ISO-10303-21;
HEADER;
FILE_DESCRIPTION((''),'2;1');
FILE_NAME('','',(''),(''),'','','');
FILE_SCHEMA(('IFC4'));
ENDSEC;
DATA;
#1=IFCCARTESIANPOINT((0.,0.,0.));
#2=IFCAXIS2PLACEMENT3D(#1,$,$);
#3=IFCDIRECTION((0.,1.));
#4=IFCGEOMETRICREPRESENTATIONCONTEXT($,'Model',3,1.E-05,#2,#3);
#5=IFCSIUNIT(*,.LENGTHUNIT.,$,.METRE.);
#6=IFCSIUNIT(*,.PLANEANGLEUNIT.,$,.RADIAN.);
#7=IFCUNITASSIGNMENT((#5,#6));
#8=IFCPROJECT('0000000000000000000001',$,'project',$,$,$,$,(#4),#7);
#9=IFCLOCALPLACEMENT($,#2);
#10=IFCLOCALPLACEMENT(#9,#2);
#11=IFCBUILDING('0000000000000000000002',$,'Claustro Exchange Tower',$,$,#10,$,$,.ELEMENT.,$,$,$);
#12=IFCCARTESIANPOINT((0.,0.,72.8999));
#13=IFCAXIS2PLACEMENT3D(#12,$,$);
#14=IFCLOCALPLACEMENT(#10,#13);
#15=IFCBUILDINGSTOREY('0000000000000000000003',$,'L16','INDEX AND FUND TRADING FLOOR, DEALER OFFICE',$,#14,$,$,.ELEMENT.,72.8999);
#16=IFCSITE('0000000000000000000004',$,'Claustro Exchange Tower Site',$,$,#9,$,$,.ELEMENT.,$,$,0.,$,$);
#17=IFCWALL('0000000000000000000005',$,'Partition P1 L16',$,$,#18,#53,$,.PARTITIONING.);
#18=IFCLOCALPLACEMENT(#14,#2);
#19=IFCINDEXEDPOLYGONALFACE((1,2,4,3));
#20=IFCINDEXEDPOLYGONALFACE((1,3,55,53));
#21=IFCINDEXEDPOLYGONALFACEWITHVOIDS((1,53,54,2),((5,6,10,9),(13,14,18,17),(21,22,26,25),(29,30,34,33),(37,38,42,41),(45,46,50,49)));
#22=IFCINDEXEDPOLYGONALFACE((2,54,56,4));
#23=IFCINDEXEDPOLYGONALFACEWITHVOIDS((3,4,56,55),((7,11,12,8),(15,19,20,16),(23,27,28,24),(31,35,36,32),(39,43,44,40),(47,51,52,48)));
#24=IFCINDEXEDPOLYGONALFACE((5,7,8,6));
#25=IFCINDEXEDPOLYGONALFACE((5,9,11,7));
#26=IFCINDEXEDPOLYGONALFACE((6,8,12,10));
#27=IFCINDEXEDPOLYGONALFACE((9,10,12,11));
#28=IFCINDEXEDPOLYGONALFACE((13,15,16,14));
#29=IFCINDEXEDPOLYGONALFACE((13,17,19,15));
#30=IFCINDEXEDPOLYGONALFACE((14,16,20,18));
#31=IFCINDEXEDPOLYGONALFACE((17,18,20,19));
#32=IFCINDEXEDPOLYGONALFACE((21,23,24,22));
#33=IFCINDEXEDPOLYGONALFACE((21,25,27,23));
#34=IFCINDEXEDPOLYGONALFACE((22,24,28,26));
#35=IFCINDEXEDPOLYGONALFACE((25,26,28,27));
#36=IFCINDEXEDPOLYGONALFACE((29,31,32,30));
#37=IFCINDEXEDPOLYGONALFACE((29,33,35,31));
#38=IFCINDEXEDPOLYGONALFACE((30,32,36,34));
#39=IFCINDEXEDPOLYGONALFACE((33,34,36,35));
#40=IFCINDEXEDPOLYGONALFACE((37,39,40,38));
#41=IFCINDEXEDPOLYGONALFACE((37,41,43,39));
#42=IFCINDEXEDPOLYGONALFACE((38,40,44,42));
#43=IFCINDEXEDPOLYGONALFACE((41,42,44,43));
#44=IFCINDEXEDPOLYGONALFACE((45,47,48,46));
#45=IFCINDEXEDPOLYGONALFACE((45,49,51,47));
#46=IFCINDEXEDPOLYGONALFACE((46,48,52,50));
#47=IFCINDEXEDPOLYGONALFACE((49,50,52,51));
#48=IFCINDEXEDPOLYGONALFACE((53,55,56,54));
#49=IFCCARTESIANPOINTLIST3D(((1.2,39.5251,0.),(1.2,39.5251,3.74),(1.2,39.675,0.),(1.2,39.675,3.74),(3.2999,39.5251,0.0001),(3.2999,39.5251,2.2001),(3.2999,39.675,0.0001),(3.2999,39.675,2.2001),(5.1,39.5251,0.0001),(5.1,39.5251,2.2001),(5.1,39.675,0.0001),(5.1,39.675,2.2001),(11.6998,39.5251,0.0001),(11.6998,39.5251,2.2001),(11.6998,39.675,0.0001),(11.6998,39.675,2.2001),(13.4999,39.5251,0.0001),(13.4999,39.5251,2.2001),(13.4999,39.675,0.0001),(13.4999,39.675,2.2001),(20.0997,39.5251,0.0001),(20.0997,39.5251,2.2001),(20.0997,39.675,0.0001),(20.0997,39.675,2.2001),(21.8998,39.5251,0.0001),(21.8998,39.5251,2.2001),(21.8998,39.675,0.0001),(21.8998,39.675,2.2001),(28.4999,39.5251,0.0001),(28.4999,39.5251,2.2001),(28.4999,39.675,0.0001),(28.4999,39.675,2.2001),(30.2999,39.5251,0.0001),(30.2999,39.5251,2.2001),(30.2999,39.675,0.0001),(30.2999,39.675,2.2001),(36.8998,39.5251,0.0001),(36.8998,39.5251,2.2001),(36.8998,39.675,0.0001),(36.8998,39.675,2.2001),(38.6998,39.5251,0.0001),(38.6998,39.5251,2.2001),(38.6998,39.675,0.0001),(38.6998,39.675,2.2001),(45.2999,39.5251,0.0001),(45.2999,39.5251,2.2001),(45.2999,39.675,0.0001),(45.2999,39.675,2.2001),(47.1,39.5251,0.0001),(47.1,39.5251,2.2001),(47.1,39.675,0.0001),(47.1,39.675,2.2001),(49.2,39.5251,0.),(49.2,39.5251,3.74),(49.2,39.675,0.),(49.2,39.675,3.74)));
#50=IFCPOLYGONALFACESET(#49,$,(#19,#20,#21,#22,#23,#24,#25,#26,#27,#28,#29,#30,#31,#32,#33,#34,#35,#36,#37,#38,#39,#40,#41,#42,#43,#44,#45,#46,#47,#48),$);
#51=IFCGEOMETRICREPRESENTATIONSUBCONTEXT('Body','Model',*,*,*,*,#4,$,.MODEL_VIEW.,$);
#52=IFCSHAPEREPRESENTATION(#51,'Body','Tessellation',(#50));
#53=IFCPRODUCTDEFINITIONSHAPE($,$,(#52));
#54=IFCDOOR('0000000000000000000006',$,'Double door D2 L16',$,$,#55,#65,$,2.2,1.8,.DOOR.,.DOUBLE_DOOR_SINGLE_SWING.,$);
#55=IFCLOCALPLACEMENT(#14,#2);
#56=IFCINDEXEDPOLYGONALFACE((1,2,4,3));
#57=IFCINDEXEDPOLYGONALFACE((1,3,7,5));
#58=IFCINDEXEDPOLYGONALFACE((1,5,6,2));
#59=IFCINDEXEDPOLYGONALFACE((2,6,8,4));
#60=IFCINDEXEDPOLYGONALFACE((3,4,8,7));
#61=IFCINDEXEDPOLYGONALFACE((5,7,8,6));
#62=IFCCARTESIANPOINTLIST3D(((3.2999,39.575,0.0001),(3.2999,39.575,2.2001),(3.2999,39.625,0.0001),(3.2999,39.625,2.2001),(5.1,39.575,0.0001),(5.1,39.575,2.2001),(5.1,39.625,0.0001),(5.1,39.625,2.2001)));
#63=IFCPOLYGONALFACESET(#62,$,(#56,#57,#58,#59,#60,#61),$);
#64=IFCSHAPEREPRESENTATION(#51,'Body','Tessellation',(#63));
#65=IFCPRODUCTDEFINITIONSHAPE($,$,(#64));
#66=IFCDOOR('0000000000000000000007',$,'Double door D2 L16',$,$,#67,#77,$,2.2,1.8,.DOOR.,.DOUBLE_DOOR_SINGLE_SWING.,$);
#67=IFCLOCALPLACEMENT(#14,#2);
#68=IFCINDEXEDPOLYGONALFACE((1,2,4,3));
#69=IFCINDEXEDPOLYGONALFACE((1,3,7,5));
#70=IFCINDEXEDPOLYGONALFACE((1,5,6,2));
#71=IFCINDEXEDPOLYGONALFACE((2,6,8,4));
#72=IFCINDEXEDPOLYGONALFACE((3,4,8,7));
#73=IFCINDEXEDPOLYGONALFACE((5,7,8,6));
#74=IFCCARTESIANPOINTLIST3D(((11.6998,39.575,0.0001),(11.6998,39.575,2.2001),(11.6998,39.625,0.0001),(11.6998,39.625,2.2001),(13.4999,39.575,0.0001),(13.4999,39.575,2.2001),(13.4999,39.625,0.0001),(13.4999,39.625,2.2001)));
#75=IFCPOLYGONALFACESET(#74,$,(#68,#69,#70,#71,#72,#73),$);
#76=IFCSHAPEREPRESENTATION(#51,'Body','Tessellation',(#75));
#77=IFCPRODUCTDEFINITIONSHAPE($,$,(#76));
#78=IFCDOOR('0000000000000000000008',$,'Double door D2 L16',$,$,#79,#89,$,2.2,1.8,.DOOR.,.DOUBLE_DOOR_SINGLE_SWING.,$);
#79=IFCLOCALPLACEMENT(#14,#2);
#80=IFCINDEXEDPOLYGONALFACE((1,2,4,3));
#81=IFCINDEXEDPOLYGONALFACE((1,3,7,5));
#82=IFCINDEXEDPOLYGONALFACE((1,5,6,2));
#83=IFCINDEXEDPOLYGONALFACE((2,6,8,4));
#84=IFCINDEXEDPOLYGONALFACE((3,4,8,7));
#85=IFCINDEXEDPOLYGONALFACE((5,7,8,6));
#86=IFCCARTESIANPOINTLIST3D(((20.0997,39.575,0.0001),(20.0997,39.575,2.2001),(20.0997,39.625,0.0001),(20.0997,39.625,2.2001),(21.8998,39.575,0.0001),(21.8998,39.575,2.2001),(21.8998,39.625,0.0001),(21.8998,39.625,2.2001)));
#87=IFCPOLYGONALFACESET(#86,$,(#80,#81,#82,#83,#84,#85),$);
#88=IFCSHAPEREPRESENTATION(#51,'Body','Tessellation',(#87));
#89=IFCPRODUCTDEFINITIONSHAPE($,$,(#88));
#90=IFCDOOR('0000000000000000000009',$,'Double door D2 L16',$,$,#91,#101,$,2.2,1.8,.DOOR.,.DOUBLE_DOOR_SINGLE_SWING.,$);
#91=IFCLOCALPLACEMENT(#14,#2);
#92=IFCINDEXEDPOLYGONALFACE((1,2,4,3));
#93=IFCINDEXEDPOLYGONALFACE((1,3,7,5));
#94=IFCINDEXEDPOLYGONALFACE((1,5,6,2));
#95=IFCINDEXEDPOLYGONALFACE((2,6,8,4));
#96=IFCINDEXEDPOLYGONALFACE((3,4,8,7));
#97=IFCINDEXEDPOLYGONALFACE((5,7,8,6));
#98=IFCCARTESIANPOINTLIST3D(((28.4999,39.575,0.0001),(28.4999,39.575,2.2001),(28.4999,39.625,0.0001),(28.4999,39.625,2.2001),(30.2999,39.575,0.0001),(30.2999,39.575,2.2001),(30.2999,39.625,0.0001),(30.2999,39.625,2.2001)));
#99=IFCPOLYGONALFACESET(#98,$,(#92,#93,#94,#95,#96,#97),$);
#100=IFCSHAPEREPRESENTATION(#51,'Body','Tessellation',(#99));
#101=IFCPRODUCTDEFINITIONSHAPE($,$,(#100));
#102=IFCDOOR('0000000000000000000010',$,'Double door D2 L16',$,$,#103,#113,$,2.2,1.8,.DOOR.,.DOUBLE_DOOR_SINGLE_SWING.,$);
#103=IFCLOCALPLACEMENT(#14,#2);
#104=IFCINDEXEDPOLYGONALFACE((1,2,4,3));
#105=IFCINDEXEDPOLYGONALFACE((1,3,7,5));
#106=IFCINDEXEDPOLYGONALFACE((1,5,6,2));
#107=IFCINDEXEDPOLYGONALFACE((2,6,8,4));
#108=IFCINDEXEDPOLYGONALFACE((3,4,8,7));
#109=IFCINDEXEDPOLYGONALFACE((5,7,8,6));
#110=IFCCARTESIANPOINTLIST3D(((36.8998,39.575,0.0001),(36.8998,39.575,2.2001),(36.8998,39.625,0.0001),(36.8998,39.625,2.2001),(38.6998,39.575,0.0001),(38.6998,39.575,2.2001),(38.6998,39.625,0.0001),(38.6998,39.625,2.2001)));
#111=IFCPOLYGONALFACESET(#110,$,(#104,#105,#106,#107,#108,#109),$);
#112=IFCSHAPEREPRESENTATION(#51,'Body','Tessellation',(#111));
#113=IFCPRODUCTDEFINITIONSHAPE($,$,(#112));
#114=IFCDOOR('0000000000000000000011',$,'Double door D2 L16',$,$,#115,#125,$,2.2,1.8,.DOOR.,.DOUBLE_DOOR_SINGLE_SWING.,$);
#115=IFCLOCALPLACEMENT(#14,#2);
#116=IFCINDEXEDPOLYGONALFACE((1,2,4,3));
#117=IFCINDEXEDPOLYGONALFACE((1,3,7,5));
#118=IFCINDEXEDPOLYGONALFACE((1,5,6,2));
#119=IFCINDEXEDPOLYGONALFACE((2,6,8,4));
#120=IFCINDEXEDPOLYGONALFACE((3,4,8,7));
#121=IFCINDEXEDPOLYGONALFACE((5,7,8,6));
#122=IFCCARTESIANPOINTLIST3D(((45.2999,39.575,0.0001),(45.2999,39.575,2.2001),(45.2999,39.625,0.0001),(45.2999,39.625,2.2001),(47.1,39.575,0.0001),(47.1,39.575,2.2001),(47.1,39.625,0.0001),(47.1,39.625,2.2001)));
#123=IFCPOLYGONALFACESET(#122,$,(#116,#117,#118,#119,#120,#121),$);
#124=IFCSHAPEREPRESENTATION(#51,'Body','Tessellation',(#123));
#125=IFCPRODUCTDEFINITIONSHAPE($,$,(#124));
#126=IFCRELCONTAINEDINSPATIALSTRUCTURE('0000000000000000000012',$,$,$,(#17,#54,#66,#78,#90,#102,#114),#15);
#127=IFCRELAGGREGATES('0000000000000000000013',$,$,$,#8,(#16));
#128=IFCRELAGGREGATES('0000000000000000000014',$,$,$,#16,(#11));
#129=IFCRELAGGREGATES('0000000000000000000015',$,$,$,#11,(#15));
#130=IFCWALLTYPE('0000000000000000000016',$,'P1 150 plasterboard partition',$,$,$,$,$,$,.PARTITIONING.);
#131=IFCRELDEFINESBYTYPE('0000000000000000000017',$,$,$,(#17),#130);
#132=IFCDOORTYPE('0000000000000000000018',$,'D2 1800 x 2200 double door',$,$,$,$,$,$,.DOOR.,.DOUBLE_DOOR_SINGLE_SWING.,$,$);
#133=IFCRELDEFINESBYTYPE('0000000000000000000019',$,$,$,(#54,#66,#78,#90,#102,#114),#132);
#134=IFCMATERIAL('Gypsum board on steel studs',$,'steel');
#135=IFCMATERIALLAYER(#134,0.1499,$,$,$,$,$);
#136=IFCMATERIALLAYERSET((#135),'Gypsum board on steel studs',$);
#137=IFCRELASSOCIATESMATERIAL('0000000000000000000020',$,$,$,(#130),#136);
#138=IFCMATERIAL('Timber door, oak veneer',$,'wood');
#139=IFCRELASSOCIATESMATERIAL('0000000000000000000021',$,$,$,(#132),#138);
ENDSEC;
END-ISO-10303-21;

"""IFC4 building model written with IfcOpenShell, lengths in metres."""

from ifc_helpers import new_model, si_unit, direction, frame, frame_2d, origin, place, context, subcontext, project, spatial, rectangle, extrude, material, layer, layer_set, type_object, element, fill, save


model = new_model("IFC4")

# Units and contexts
model_context = context("Model", 3, precision=1e-05, world=origin(), true_north=direction((0.0, 1.0)))
body_context = subcontext(model_context, "Body", "Model", "MODEL_VIEW")
ifc_project = project(units=[si_unit("LENGTHUNIT", "METRE"), si_unit("PLANEANGLEUNIT", "RADIAN")], contexts=[model_context])

# Site, building, storey
site_placement = place(None, origin())
site = spatial("IfcSite", under=ifc_project, at=site_placement, Name="Claustro Exchange Tower Site", CompositionType="ELEMENT", RefElevation=0.0)
building_placement = place(site_placement, origin())
building = spatial("IfcBuilding", under=site, at=building_placement, Name="Claustro Exchange Tower", CompositionType="ELEMENT")
storey_placement = place(building_placement, frame((0.0, 0.0, 72.8999)))
storey = spatial("IfcBuildingStorey", under=building, at=storey_placement, Name="L16", Description="INDEX AND FUND TRADING FLOOR, DEALER OFFICE", CompositionType="ELEMENT", Elevation=72.8999)

# Shared definitions
ifc_material_1 = material(Name="Gypsum board on steel studs", Category="steel")
ifc_layer_1 = layer(ifc_material_1, 0.1499)
ifc_layer_set_1 = layer_set([ifc_layer_1], Name="Gypsum board on steel studs")
wall_type_1 = type_object("IfcWallType", Name="P1 150 plasterboard partition", PredefinedType="PARTITIONING", material=ifc_layer_set_1)

# Wall, openings, doors
wall_1_placement = place(storey_placement, frame((1.2, 39.6001, 0.0), z_axis=(0.0, 0.0, 1.0), x_axis=(1.0, 0.0, 0.0)))
wall_1 = element("IfcWall", 1, at=wall_1_placement, inside=storey, type_object=wall_type_1, Name="Partition P1 L16", PredefinedType="PARTITIONING", context=body_context, shape_type="SweptSolid", body=[
    extrude(rectangle(XDim=48.0, YDim=0.1499, at=frame_2d((24.0, 0.0))), origin(), (0.0, 0.0, 1.0), 3.74),
])
opening_1_placement = place(wall_1_placement, frame((2.1001, 0.0, 0.0)))
opening_1 = element("IfcOpeningElement", 2, at=opening_1_placement, cuts=wall_1, PredefinedType="OPENING", context=body_context, shape_type="SweptSolid", body=[
    extrude(rectangle(XDim=1.8, YDim=2.2, at=frame_2d((0.8999, 1.1001))), frame((0.0, 0.085, 0.0), z_axis=(0.0, -1.0, 0.0), x_axis=(1.0, 0.0, 0.0)), (0.0, 0.0, 1.0), 0.1699),
])
opening_2_placement = place(wall_1_placement, frame((10.5, 0.0, 0.0)))
opening_2 = element("IfcOpeningElement", 3, at=opening_2_placement, cuts=wall_1, PredefinedType="OPENING", context=body_context, shape_type="SweptSolid", body=[
    extrude(rectangle(XDim=1.8, YDim=2.2, at=frame_2d((0.8999, 1.1001))), frame((0.0, 0.085, 0.0), z_axis=(0.0, -1.0, 0.0), x_axis=(1.0, 0.0, 0.0)), (0.0, 0.0, 1.0), 0.1699),
])
opening_3_placement = place(wall_1_placement, frame((18.8999, 0.0, 0.0)))
opening_3 = element("IfcOpeningElement", 4, at=opening_3_placement, cuts=wall_1, PredefinedType="OPENING", context=body_context, shape_type="SweptSolid", body=[
    extrude(rectangle(XDim=1.8, YDim=2.2, at=frame_2d((0.8999, 1.1001))), frame((0.0, 0.085, 0.0), z_axis=(0.0, -1.0, 0.0), x_axis=(1.0, 0.0, 0.0)), (0.0, 0.0, 1.0), 0.1699),
])
opening_4_placement = place(wall_1_placement, frame((27.3, 0.0, 0.0)))
opening_4 = element("IfcOpeningElement", 5, at=opening_4_placement, cuts=wall_1, PredefinedType="OPENING", context=body_context, shape_type="SweptSolid", body=[
    extrude(rectangle(XDim=1.8, YDim=2.2, at=frame_2d((0.8999, 1.1001))), frame((0.0, 0.085, 0.0), z_axis=(0.0, -1.0, 0.0), x_axis=(1.0, 0.0, 0.0)), (0.0, 0.0, 1.0), 0.1699),
])
opening_5_placement = place(wall_1_placement, frame((35.7, 0.0, 0.0)))
opening_5 = element("IfcOpeningElement", 6, at=opening_5_placement, cuts=wall_1, PredefinedType="OPENING", context=body_context, shape_type="SweptSolid", body=[
    extrude(rectangle(XDim=1.8, YDim=2.2, at=frame_2d((0.8999, 1.1001))), frame((0.0, 0.085, 0.0), z_axis=(0.0, -1.0, 0.0), x_axis=(1.0, 0.0, 0.0)), (0.0, 0.0, 1.0), 0.1699),
])
opening_6_placement = place(wall_1_placement, frame((44.1001, 0.0, 0.0)))
opening_6 = element("IfcOpeningElement", 7, at=opening_6_placement, cuts=wall_1, PredefinedType="OPENING", context=body_context, shape_type="SweptSolid", body=[
    extrude(rectangle(XDim=1.8, YDim=2.2, at=frame_2d((0.8999, 1.1001))), frame((0.0, 0.085, 0.0), z_axis=(0.0, -1.0, 0.0), x_axis=(1.0, 0.0, 0.0)), (0.0, 0.0, 1.0), 0.1699),
])
ifc_material_2 = material(Name="Timber door, oak veneer", Category="wood")
door_type_1 = type_object("IfcDoorType", Name="D2 1800 x 2200 double door", OperationType="DOUBLE_DOOR_SINGLE_SWING", PredefinedType="DOOR", material=ifc_material_2)
door_1_placement = place(opening_1_placement, origin())
door_1 = element("IfcDoor", 8, at=door_1_placement, inside=storey, type_object=door_type_1, Name="Double door D2 L16", OperationType="DOUBLE_DOOR_SINGLE_SWING", OverallHeight=2.2, OverallWidth=1.8, PredefinedType="DOOR", context=body_context, shape_type="SweptSolid", body=[
    extrude(rectangle(XDim=1.8, YDim=2.2, at=frame_2d((0.8999, 1.1001))), frame((0.0, 0.0249, 0.0), z_axis=(0.0, -1.0, 0.0), x_axis=(1.0, 0.0, 0.0)), (0.0, 0.0, 1.0), 0.05),
])
fill(opening_1, door_1)
door_2_placement = place(opening_2_placement, origin())
door_2 = element("IfcDoor", 9, at=door_2_placement, inside=storey, type_object=door_type_1, Name="Double door D2 L16", OperationType="DOUBLE_DOOR_SINGLE_SWING", OverallHeight=2.2, OverallWidth=1.8, PredefinedType="DOOR", context=body_context, shape_type="SweptSolid", body=[
    extrude(rectangle(XDim=1.8, YDim=2.2, at=frame_2d((0.8999, 1.1001))), frame((0.0, 0.0249, 0.0), z_axis=(0.0, -1.0, 0.0), x_axis=(1.0, 0.0, 0.0)), (0.0, 0.0, 1.0), 0.05),
])
fill(opening_2, door_2)
door_3_placement = place(opening_3_placement, origin())
door_3 = element("IfcDoor", 10, at=door_3_placement, inside=storey, type_object=door_type_1, Name="Double door D2 L16", OperationType="DOUBLE_DOOR_SINGLE_SWING", OverallHeight=2.2, OverallWidth=1.8, PredefinedType="DOOR", context=body_context, shape_type="SweptSolid", body=[
    extrude(rectangle(XDim=1.8, YDim=2.2, at=frame_2d((0.8999, 1.1001))), frame((0.0, 0.0249, 0.0), z_axis=(0.0, -1.0, 0.0), x_axis=(1.0, 0.0, 0.0)), (0.0, 0.0, 1.0), 0.05),
])
fill(opening_3, door_3)
door_4_placement = place(opening_4_placement, origin())
door_4 = element("IfcDoor", 11, at=door_4_placement, inside=storey, type_object=door_type_1, Name="Double door D2 L16", OperationType="DOUBLE_DOOR_SINGLE_SWING", OverallHeight=2.2, OverallWidth=1.8, PredefinedType="DOOR", context=body_context, shape_type="SweptSolid", body=[
    extrude(rectangle(XDim=1.8, YDim=2.2, at=frame_2d((0.8999, 1.1001))), frame((0.0, 0.0249, 0.0), z_axis=(0.0, -1.0, 0.0), x_axis=(1.0, 0.0, 0.0)), (0.0, 0.0, 1.0), 0.05),
])
fill(opening_4, door_4)
door_5_placement = place(opening_5_placement, origin())
door_5 = element("IfcDoor", 12, at=door_5_placement, inside=storey, type_object=door_type_1, Name="Double door D2 L16", OperationType="DOUBLE_DOOR_SINGLE_SWING", OverallHeight=2.2, OverallWidth=1.8, PredefinedType="DOOR", context=body_context, shape_type="SweptSolid", body=[
    extrude(rectangle(XDim=1.8, YDim=2.2, at=frame_2d((0.8999, 1.1001))), frame((0.0, 0.0249, 0.0), z_axis=(0.0, -1.0, 0.0), x_axis=(1.0, 0.0, 0.0)), (0.0, 0.0, 1.0), 0.05),
])
fill(opening_5, door_5)
door_6_placement = place(opening_6_placement, origin())
door_6 = element("IfcDoor", 13, at=door_6_placement, inside=storey, type_object=door_type_1, Name="Double door D2 L16", OperationType="DOUBLE_DOOR_SINGLE_SWING", OverallHeight=2.2, OverallWidth=1.8, PredefinedType="DOOR", context=body_context, shape_type="SweptSolid", body=[
    extrude(rectangle(XDim=1.8, YDim=2.2, at=frame_2d((0.8999, 1.1001))), frame((0.0, 0.0249, 0.0), z_axis=(0.0, -1.0, 0.0), x_axis=(1.0, 0.0, 0.0)), (0.0, 0.0, 1.0), 0.05),
])
fill(opening_6, door_6)

save(model, "model.ifc")
